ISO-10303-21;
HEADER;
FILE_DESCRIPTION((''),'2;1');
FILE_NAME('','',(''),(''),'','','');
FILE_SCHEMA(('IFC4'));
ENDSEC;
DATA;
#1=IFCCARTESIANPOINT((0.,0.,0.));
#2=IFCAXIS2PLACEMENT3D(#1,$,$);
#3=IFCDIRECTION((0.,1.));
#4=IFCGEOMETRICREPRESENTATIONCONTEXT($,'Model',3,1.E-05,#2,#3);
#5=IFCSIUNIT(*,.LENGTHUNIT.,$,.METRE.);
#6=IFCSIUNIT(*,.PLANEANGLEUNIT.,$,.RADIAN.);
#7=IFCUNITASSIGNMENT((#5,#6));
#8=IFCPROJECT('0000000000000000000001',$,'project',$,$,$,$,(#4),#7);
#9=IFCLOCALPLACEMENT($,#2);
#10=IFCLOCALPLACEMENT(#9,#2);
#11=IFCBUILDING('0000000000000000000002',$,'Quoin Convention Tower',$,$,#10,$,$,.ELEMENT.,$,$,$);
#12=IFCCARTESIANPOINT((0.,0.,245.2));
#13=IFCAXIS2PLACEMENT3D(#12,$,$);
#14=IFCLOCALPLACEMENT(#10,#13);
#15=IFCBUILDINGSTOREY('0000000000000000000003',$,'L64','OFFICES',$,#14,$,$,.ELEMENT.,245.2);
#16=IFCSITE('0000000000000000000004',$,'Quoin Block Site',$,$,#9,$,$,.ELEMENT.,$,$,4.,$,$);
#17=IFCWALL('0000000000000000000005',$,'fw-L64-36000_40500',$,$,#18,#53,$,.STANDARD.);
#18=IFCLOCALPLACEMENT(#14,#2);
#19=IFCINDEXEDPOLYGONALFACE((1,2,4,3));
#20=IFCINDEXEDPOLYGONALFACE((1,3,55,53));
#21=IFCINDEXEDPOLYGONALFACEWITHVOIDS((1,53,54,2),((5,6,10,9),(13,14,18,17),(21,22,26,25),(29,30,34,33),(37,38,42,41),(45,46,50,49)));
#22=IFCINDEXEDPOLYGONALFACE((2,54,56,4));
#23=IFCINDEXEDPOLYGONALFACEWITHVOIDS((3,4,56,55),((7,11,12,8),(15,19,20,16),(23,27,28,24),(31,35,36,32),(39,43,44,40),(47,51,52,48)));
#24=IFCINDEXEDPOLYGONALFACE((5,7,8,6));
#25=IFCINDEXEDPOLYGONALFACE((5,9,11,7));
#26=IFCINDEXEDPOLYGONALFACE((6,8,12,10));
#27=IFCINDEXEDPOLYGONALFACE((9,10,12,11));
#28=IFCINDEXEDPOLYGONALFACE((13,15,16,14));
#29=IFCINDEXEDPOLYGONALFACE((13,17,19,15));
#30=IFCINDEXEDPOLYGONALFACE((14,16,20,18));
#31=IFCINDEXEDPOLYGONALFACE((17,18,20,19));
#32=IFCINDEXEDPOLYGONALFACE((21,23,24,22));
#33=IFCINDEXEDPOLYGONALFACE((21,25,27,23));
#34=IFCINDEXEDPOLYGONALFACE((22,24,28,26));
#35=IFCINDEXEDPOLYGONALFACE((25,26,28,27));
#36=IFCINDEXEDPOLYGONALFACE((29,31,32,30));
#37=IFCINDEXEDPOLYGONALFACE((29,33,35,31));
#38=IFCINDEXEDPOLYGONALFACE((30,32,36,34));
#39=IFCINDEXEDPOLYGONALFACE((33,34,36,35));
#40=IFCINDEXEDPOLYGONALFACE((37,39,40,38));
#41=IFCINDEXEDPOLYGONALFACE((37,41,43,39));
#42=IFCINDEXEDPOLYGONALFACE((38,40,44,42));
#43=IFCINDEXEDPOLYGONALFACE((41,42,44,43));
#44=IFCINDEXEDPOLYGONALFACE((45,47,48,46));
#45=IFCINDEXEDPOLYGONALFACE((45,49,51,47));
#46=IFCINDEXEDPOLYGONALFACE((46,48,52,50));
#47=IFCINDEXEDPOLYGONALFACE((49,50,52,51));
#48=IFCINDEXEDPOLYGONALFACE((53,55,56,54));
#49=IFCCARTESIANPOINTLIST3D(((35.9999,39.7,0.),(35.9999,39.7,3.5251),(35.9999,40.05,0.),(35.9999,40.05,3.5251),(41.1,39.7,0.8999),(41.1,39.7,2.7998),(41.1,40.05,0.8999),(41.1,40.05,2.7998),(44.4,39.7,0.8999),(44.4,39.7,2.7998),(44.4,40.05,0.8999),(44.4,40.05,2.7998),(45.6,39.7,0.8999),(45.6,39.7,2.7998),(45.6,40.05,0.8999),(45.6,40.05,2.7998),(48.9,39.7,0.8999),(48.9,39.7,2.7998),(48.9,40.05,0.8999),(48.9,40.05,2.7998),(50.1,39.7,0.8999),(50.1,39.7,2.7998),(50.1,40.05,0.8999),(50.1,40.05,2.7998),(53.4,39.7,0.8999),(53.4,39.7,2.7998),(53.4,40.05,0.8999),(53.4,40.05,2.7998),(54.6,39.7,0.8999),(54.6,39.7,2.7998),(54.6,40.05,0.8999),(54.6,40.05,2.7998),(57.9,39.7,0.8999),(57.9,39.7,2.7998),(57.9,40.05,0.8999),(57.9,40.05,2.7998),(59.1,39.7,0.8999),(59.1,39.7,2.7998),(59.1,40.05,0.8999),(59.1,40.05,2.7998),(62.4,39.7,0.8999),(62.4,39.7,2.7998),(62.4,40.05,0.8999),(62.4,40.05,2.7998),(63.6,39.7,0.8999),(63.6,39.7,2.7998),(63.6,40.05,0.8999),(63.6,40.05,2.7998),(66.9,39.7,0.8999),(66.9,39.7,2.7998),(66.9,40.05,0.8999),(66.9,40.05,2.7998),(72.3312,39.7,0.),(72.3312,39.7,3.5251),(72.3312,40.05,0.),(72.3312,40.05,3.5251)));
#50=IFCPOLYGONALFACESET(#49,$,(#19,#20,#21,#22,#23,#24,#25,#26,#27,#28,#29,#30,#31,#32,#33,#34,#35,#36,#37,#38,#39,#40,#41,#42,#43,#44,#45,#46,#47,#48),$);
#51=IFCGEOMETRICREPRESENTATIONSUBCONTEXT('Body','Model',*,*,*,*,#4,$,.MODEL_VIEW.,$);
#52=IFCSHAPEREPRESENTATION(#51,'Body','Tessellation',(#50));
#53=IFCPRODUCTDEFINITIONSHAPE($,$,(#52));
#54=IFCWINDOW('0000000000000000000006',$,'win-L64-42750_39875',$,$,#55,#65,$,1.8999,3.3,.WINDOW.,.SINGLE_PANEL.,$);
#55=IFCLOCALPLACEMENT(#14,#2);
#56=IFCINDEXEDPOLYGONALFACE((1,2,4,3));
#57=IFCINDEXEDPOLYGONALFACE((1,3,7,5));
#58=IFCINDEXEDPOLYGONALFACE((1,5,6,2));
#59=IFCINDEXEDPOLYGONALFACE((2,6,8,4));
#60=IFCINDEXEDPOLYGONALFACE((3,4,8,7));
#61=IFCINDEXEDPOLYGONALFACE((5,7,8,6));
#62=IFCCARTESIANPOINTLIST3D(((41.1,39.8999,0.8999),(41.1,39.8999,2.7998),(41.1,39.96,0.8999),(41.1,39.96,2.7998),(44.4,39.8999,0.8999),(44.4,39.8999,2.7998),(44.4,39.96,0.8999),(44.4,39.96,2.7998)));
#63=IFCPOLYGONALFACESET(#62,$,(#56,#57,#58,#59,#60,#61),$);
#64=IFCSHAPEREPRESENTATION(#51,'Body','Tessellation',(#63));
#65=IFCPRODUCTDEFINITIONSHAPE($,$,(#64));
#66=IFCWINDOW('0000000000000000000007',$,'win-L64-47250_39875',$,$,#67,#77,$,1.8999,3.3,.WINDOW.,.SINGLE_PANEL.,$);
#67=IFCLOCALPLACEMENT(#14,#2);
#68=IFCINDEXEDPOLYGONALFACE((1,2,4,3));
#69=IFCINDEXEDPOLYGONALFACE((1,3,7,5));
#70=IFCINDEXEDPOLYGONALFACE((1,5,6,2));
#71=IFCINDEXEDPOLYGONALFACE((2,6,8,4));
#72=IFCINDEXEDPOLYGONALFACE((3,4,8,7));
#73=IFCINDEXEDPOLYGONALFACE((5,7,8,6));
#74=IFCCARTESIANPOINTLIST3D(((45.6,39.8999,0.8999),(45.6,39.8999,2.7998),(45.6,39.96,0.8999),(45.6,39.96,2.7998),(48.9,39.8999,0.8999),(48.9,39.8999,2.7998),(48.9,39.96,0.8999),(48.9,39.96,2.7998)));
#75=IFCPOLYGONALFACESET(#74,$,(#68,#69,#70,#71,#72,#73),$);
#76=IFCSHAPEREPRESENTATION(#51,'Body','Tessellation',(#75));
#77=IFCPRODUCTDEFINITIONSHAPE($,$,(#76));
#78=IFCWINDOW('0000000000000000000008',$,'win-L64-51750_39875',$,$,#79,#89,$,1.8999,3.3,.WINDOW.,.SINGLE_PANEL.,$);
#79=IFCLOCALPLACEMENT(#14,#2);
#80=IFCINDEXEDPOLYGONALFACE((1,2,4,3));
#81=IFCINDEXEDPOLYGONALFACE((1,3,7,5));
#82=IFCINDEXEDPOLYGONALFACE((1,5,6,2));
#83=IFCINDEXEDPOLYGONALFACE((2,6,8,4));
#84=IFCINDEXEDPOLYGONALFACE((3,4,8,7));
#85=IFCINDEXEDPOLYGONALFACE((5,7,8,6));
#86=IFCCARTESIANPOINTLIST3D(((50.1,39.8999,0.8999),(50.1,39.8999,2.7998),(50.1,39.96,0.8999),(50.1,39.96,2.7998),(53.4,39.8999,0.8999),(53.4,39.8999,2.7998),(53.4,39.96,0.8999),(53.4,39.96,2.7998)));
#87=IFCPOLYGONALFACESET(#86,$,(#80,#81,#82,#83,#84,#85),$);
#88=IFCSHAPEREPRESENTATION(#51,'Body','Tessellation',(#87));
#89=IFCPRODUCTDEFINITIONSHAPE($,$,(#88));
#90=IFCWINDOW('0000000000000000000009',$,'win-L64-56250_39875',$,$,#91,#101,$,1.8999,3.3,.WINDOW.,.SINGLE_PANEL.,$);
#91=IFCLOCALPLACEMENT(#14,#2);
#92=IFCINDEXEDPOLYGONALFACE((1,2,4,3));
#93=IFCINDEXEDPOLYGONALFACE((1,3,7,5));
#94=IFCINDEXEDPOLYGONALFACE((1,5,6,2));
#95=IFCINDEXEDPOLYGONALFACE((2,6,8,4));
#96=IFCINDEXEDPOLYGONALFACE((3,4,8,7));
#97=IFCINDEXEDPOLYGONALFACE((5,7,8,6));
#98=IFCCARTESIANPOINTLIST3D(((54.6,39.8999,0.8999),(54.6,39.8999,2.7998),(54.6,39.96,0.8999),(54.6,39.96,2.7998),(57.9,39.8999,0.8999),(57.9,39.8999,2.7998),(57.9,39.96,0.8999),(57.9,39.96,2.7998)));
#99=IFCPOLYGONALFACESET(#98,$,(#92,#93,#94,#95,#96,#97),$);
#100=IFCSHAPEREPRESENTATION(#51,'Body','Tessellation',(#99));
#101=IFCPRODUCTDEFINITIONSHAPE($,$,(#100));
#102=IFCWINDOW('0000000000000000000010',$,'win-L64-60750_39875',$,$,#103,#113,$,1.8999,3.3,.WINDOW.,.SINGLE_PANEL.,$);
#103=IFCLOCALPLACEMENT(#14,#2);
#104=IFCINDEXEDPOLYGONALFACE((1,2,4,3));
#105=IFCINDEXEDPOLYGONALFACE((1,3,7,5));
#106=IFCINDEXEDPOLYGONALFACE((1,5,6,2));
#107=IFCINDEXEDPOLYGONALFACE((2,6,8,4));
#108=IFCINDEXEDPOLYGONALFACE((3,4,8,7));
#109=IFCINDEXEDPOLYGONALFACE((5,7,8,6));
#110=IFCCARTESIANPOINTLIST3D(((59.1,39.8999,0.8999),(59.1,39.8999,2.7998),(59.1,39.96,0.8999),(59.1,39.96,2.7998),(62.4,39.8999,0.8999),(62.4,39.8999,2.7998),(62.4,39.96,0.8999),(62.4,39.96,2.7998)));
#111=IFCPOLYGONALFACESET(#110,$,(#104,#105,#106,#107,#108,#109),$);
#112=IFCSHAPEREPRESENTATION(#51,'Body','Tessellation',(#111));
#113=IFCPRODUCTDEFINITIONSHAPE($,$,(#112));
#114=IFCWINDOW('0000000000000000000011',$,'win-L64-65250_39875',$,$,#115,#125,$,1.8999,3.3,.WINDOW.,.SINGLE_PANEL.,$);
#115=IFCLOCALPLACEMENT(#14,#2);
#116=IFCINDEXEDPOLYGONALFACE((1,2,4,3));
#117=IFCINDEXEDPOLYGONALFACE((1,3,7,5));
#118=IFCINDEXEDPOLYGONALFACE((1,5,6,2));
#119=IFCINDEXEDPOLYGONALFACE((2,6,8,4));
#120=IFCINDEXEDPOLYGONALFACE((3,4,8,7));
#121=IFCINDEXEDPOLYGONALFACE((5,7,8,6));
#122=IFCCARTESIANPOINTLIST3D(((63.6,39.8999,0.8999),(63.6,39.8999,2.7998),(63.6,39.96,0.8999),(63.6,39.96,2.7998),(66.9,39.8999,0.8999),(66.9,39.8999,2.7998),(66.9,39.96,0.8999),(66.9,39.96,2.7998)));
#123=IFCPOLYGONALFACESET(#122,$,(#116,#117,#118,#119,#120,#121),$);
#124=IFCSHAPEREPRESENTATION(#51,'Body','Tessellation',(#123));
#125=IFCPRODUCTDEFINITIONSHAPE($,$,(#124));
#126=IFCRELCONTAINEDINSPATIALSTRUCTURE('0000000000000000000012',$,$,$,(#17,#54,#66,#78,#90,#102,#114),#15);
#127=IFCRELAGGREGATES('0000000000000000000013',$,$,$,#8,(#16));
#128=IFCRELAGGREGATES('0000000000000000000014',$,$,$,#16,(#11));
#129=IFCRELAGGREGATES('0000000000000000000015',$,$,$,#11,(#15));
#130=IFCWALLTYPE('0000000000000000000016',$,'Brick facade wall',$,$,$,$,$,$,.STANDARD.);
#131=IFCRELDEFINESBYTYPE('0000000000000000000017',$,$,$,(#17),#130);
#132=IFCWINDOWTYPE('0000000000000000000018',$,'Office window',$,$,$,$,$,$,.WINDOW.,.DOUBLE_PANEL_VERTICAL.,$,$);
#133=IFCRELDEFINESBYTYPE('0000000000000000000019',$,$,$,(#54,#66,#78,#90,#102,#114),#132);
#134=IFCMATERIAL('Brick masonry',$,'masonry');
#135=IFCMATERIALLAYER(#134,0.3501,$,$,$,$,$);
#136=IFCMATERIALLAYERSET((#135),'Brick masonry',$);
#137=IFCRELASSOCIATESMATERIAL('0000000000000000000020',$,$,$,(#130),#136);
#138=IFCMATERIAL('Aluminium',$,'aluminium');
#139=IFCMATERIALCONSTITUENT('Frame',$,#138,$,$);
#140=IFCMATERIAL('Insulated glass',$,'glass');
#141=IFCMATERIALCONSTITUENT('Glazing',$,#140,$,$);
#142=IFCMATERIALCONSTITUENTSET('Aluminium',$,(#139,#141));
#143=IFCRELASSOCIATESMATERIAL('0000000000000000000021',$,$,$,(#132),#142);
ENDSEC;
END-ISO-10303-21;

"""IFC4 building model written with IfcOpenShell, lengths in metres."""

from ifc_helpers import new_model, si_unit, direction, frame, frame_2d, origin, place, context, subcontext, project, spatial, rectangle, extrude, material, layer, layer_set, constituent, constituent_set, type_object, element, fill, save


model = new_model("IFC4")

# Units and contexts
model_context = context("Model", 3, precision=1e-05, world=origin(), true_north=direction((0.0, 1.0)))
body_context = subcontext(model_context, "Body", "Model", "MODEL_VIEW")
ifc_project = project(units=[si_unit("LENGTHUNIT", "METRE"), si_unit("PLANEANGLEUNIT", "RADIAN")], contexts=[model_context])

# Site, building, storey
site_placement = place(None, origin())
site = spatial("IfcSite", under=ifc_project, at=site_placement, Name="Quoin Block Site", CompositionType="ELEMENT", RefElevation=4.0)
building_placement = place(site_placement, origin())
building = spatial("IfcBuilding", under=site, at=building_placement, Name="Quoin Convention Tower", CompositionType="ELEMENT")
storey_placement = place(building_placement, frame((0.0, 0.0, 245.2)))
storey = spatial("IfcBuildingStorey", under=building, at=storey_placement, Name="L64", Description="OFFICES", CompositionType="ELEMENT", Elevation=245.2)

# Wall, openings, windows
ifc_material_1 = material(Name="Brick masonry", Category="masonry")
ifc_layer_1 = layer(ifc_material_1, 0.3501)
ifc_layer_set_1 = layer_set([ifc_layer_1], Name="Brick masonry")
wall_type_1 = type_object("IfcWallType", Name="Brick facade wall", PredefinedType="STANDARD", material=ifc_layer_set_1)
wall_1_placement = place(storey_placement, frame((36.0, 39.875, 0.0), z_axis=(0.0, 0.0, 1.0), x_axis=(1.0, 0.0, 0.0)))
wall_1 = element("IfcWall", 1, at=wall_1_placement, inside=storey, type_object=wall_type_1, Name="fw-L64-36000_40500", PredefinedType="STANDARD", context=body_context, shape_type="SweptSolid", body=[
    extrude(rectangle(XDim=36.3313, YDim=0.3501, at=frame_2d((18.1655, 0.0))), origin(), (0.0, 0.0, 1.0), 3.5251),
])
opening_1_placement = place(wall_1_placement, frame((5.1001, 0.0, 0.8999)))
opening_1 = element("IfcOpeningElement", 2, at=opening_1_placement, cuts=wall_1, PredefinedType="OPENING", context=body_context, shape_type="SweptSolid", body=[
    extrude(rectangle(XDim=3.3, YDim=1.8999, at=frame_2d((1.6499, 0.95))), frame((0.0, 0.1851, 0.0), z_axis=(0.0, -1.0, 0.0), x_axis=(1.0, 0.0, 0.0)), (0.0, 0.0, 1.0), 0.3701),
])
opening_2_placement = place(wall_1_placement, frame((9.6001, 0.0, 0.8999)))
opening_2 = element("IfcOpeningElement", 3, at=opening_2_placement, cuts=wall_1, PredefinedType="OPENING", context=body_context, shape_type="SweptSolid", body=[
    extrude(rectangle(XDim=3.3, YDim=1.8999, at=frame_2d((1.6499, 0.95))), frame((0.0, 0.1851, 0.0), z_axis=(0.0, -1.0, 0.0), x_axis=(1.0, 0.0, 0.0)), (0.0, 0.0, 1.0), 0.3701),
])
opening_3_placement = place(wall_1_placement, frame((14.1001, 0.0, 0.8999)))
opening_3 = element("IfcOpeningElement", 4, at=opening_3_placement, cuts=wall_1, PredefinedType="OPENING", context=body_context, shape_type="SweptSolid", body=[
    extrude(rectangle(XDim=3.3, YDim=1.8999, at=frame_2d((1.6499, 0.95))), frame((0.0, 0.1851, 0.0), z_axis=(0.0, -1.0, 0.0), x_axis=(1.0, 0.0, 0.0)), (0.0, 0.0, 1.0), 0.3701),
])
opening_4_placement = place(wall_1_placement, frame((18.6001, 0.0, 0.8999)))
opening_4 = element("IfcOpeningElement", 5, at=opening_4_placement, cuts=wall_1, PredefinedType="OPENING", context=body_context, shape_type="SweptSolid", body=[
    extrude(rectangle(XDim=3.3, YDim=1.8999, at=frame_2d((1.6499, 0.95))), frame((0.0, 0.1851, 0.0), z_axis=(0.0, -1.0, 0.0), x_axis=(1.0, 0.0, 0.0)), (0.0, 0.0, 1.0), 0.3701),
])
opening_5_placement = place(wall_1_placement, frame((23.1001, 0.0, 0.8999)))
opening_5 = element("IfcOpeningElement", 6, at=opening_5_placement, cuts=wall_1, PredefinedType="OPENING", context=body_context, shape_type="SweptSolid", body=[
    extrude(rectangle(XDim=3.3, YDim=1.8999, at=frame_2d((1.6499, 0.95))), frame((0.0, 0.1851, 0.0), z_axis=(0.0, -1.0, 0.0), x_axis=(1.0, 0.0, 0.0)), (0.0, 0.0, 1.0), 0.3701),
])
opening_6_placement = place(wall_1_placement, frame((27.6001, 0.0, 0.8999)))
opening_6 = element("IfcOpeningElement", 7, at=opening_6_placement, cuts=wall_1, PredefinedType="OPENING", context=body_context, shape_type="SweptSolid", body=[
    extrude(rectangle(XDim=3.3, YDim=1.8999, at=frame_2d((1.6499, 0.95))), frame((0.0, 0.1851, 0.0), z_axis=(0.0, -1.0, 0.0), x_axis=(1.0, 0.0, 0.0)), (0.0, 0.0, 1.0), 0.3701),
])
ifc_material_2 = material(Name="Aluminium", Category="aluminium")
ifc_constituent_1 = constituent(ifc_material_2, Name="Frame")
ifc_material_3 = material(Name="Insulated glass", Category="glass")
ifc_constituent_2 = constituent(ifc_material_3, Name="Glazing")
ifc_constituent_set = constituent_set(constituents=[ifc_constituent_1, ifc_constituent_2], Name="Aluminium")
window_type = type_object("IfcWindowType", Name="Office window", PartitioningType="DOUBLE_PANEL_VERTICAL", PredefinedType="WINDOW", material=ifc_constituent_set)
window_1_placement = place(opening_1_placement, origin())
window_1 = element("IfcWindow", 8, at=window_1_placement, inside=storey, type_object=window_type, Name="win-L64-42750_39875", OverallHeight=1.8999, OverallWidth=3.3, PartitioningType="SINGLE_PANEL", PredefinedType="WINDOW", context=body_context, shape_type="SweptSolid", body=[
    extrude(rectangle(XDim=3.3, YDim=1.8999, at=frame_2d((1.6499, 0.95))), frame((0.0, 0.085, 0.0), z_axis=(0.0, -1.0, 0.0), x_axis=(1.0, 0.0, 0.0)), (0.0, 0.0, 1.0), 0.0601),
])
fill(opening_1, window_1)
window_2_placement = place(opening_2_placement, origin())
window_2 = element("IfcWindow", 9, at=window_2_placement, inside=storey, type_object=window_type, Name="win-L64-47250_39875", OverallHeight=1.8999, OverallWidth=3.3, PartitioningType="SINGLE_PANEL", PredefinedType="WINDOW", context=body_context, shape_type="SweptSolid", body=[
    extrude(rectangle(XDim=3.3, YDim=1.8999, at=frame_2d((1.6499, 0.95))), frame((0.0, 0.085, 0.0), z_axis=(0.0, -1.0, 0.0), x_axis=(1.0, 0.0, 0.0)), (0.0, 0.0, 1.0), 0.0601),
])
fill(opening_2, window_2)
window_3_placement = place(opening_3_placement, origin())
window_3 = element("IfcWindow", 10, at=window_3_placement, inside=storey, type_object=window_type, Name="win-L64-51750_39875", OverallHeight=1.8999, OverallWidth=3.3, PartitioningType="SINGLE_PANEL", PredefinedType="WINDOW", context=body_context, shape_type="SweptSolid", body=[
    extrude(rectangle(XDim=3.3, YDim=1.8999, at=frame_2d((1.6499, 0.95))), frame((0.0, 0.085, 0.0), z_axis=(0.0, -1.0, 0.0), x_axis=(1.0, 0.0, 0.0)), (0.0, 0.0, 1.0), 0.0601),
])
fill(opening_3, window_3)
window_4_placement = place(opening_4_placement, origin())
window_4 = element("IfcWindow", 11, at=window_4_placement, inside=storey, type_object=window_type, Name="win-L64-56250_39875", OverallHeight=1.8999, OverallWidth=3.3, PartitioningType="SINGLE_PANEL", PredefinedType="WINDOW", context=body_context, shape_type="SweptSolid", body=[
    extrude(rectangle(XDim=3.3, YDim=1.8999, at=frame_2d((1.6499, 0.95))), frame((0.0, 0.085, 0.0), z_axis=(0.0, -1.0, 0.0), x_axis=(1.0, 0.0, 0.0)), (0.0, 0.0, 1.0), 0.0601),
])
fill(opening_4, window_4)
window_5_placement = place(opening_5_placement, origin())
window_5 = element("IfcWindow", 12, at=window_5_placement, inside=storey, type_object=window_type, Name="win-L64-60750_39875", OverallHeight=1.8999, OverallWidth=3.3, PartitioningType="SINGLE_PANEL", PredefinedType="WINDOW", context=body_context, shape_type="SweptSolid", body=[
    extrude(rectangle(XDim=3.3, YDim=1.8999, at=frame_2d((1.6499, 0.95))), frame((0.0, 0.085, 0.0), z_axis=(0.0, -1.0, 0.0), x_axis=(1.0, 0.0, 0.0)), (0.0, 0.0, 1.0), 0.0601),
])
fill(opening_5, window_5)
window_6_placement = place(opening_6_placement, origin())
window_6 = element("IfcWindow", 13, at=window_6_placement, inside=storey, type_object=window_type, Name="win-L64-65250_39875", OverallHeight=1.8999, OverallWidth=3.3, PartitioningType="SINGLE_PANEL", PredefinedType="WINDOW", context=body_context, shape_type="SweptSolid", body=[
    extrude(rectangle(XDim=3.3, YDim=1.8999, at=frame_2d((1.6499, 0.95))), frame((0.0, 0.085, 0.0), z_axis=(0.0, -1.0, 0.0), x_axis=(1.0, 0.0, 0.0)), (0.0, 0.0, 1.0), 0.0601),
])
fill(opening_6, window_6)

save(model, "model.ifc")
